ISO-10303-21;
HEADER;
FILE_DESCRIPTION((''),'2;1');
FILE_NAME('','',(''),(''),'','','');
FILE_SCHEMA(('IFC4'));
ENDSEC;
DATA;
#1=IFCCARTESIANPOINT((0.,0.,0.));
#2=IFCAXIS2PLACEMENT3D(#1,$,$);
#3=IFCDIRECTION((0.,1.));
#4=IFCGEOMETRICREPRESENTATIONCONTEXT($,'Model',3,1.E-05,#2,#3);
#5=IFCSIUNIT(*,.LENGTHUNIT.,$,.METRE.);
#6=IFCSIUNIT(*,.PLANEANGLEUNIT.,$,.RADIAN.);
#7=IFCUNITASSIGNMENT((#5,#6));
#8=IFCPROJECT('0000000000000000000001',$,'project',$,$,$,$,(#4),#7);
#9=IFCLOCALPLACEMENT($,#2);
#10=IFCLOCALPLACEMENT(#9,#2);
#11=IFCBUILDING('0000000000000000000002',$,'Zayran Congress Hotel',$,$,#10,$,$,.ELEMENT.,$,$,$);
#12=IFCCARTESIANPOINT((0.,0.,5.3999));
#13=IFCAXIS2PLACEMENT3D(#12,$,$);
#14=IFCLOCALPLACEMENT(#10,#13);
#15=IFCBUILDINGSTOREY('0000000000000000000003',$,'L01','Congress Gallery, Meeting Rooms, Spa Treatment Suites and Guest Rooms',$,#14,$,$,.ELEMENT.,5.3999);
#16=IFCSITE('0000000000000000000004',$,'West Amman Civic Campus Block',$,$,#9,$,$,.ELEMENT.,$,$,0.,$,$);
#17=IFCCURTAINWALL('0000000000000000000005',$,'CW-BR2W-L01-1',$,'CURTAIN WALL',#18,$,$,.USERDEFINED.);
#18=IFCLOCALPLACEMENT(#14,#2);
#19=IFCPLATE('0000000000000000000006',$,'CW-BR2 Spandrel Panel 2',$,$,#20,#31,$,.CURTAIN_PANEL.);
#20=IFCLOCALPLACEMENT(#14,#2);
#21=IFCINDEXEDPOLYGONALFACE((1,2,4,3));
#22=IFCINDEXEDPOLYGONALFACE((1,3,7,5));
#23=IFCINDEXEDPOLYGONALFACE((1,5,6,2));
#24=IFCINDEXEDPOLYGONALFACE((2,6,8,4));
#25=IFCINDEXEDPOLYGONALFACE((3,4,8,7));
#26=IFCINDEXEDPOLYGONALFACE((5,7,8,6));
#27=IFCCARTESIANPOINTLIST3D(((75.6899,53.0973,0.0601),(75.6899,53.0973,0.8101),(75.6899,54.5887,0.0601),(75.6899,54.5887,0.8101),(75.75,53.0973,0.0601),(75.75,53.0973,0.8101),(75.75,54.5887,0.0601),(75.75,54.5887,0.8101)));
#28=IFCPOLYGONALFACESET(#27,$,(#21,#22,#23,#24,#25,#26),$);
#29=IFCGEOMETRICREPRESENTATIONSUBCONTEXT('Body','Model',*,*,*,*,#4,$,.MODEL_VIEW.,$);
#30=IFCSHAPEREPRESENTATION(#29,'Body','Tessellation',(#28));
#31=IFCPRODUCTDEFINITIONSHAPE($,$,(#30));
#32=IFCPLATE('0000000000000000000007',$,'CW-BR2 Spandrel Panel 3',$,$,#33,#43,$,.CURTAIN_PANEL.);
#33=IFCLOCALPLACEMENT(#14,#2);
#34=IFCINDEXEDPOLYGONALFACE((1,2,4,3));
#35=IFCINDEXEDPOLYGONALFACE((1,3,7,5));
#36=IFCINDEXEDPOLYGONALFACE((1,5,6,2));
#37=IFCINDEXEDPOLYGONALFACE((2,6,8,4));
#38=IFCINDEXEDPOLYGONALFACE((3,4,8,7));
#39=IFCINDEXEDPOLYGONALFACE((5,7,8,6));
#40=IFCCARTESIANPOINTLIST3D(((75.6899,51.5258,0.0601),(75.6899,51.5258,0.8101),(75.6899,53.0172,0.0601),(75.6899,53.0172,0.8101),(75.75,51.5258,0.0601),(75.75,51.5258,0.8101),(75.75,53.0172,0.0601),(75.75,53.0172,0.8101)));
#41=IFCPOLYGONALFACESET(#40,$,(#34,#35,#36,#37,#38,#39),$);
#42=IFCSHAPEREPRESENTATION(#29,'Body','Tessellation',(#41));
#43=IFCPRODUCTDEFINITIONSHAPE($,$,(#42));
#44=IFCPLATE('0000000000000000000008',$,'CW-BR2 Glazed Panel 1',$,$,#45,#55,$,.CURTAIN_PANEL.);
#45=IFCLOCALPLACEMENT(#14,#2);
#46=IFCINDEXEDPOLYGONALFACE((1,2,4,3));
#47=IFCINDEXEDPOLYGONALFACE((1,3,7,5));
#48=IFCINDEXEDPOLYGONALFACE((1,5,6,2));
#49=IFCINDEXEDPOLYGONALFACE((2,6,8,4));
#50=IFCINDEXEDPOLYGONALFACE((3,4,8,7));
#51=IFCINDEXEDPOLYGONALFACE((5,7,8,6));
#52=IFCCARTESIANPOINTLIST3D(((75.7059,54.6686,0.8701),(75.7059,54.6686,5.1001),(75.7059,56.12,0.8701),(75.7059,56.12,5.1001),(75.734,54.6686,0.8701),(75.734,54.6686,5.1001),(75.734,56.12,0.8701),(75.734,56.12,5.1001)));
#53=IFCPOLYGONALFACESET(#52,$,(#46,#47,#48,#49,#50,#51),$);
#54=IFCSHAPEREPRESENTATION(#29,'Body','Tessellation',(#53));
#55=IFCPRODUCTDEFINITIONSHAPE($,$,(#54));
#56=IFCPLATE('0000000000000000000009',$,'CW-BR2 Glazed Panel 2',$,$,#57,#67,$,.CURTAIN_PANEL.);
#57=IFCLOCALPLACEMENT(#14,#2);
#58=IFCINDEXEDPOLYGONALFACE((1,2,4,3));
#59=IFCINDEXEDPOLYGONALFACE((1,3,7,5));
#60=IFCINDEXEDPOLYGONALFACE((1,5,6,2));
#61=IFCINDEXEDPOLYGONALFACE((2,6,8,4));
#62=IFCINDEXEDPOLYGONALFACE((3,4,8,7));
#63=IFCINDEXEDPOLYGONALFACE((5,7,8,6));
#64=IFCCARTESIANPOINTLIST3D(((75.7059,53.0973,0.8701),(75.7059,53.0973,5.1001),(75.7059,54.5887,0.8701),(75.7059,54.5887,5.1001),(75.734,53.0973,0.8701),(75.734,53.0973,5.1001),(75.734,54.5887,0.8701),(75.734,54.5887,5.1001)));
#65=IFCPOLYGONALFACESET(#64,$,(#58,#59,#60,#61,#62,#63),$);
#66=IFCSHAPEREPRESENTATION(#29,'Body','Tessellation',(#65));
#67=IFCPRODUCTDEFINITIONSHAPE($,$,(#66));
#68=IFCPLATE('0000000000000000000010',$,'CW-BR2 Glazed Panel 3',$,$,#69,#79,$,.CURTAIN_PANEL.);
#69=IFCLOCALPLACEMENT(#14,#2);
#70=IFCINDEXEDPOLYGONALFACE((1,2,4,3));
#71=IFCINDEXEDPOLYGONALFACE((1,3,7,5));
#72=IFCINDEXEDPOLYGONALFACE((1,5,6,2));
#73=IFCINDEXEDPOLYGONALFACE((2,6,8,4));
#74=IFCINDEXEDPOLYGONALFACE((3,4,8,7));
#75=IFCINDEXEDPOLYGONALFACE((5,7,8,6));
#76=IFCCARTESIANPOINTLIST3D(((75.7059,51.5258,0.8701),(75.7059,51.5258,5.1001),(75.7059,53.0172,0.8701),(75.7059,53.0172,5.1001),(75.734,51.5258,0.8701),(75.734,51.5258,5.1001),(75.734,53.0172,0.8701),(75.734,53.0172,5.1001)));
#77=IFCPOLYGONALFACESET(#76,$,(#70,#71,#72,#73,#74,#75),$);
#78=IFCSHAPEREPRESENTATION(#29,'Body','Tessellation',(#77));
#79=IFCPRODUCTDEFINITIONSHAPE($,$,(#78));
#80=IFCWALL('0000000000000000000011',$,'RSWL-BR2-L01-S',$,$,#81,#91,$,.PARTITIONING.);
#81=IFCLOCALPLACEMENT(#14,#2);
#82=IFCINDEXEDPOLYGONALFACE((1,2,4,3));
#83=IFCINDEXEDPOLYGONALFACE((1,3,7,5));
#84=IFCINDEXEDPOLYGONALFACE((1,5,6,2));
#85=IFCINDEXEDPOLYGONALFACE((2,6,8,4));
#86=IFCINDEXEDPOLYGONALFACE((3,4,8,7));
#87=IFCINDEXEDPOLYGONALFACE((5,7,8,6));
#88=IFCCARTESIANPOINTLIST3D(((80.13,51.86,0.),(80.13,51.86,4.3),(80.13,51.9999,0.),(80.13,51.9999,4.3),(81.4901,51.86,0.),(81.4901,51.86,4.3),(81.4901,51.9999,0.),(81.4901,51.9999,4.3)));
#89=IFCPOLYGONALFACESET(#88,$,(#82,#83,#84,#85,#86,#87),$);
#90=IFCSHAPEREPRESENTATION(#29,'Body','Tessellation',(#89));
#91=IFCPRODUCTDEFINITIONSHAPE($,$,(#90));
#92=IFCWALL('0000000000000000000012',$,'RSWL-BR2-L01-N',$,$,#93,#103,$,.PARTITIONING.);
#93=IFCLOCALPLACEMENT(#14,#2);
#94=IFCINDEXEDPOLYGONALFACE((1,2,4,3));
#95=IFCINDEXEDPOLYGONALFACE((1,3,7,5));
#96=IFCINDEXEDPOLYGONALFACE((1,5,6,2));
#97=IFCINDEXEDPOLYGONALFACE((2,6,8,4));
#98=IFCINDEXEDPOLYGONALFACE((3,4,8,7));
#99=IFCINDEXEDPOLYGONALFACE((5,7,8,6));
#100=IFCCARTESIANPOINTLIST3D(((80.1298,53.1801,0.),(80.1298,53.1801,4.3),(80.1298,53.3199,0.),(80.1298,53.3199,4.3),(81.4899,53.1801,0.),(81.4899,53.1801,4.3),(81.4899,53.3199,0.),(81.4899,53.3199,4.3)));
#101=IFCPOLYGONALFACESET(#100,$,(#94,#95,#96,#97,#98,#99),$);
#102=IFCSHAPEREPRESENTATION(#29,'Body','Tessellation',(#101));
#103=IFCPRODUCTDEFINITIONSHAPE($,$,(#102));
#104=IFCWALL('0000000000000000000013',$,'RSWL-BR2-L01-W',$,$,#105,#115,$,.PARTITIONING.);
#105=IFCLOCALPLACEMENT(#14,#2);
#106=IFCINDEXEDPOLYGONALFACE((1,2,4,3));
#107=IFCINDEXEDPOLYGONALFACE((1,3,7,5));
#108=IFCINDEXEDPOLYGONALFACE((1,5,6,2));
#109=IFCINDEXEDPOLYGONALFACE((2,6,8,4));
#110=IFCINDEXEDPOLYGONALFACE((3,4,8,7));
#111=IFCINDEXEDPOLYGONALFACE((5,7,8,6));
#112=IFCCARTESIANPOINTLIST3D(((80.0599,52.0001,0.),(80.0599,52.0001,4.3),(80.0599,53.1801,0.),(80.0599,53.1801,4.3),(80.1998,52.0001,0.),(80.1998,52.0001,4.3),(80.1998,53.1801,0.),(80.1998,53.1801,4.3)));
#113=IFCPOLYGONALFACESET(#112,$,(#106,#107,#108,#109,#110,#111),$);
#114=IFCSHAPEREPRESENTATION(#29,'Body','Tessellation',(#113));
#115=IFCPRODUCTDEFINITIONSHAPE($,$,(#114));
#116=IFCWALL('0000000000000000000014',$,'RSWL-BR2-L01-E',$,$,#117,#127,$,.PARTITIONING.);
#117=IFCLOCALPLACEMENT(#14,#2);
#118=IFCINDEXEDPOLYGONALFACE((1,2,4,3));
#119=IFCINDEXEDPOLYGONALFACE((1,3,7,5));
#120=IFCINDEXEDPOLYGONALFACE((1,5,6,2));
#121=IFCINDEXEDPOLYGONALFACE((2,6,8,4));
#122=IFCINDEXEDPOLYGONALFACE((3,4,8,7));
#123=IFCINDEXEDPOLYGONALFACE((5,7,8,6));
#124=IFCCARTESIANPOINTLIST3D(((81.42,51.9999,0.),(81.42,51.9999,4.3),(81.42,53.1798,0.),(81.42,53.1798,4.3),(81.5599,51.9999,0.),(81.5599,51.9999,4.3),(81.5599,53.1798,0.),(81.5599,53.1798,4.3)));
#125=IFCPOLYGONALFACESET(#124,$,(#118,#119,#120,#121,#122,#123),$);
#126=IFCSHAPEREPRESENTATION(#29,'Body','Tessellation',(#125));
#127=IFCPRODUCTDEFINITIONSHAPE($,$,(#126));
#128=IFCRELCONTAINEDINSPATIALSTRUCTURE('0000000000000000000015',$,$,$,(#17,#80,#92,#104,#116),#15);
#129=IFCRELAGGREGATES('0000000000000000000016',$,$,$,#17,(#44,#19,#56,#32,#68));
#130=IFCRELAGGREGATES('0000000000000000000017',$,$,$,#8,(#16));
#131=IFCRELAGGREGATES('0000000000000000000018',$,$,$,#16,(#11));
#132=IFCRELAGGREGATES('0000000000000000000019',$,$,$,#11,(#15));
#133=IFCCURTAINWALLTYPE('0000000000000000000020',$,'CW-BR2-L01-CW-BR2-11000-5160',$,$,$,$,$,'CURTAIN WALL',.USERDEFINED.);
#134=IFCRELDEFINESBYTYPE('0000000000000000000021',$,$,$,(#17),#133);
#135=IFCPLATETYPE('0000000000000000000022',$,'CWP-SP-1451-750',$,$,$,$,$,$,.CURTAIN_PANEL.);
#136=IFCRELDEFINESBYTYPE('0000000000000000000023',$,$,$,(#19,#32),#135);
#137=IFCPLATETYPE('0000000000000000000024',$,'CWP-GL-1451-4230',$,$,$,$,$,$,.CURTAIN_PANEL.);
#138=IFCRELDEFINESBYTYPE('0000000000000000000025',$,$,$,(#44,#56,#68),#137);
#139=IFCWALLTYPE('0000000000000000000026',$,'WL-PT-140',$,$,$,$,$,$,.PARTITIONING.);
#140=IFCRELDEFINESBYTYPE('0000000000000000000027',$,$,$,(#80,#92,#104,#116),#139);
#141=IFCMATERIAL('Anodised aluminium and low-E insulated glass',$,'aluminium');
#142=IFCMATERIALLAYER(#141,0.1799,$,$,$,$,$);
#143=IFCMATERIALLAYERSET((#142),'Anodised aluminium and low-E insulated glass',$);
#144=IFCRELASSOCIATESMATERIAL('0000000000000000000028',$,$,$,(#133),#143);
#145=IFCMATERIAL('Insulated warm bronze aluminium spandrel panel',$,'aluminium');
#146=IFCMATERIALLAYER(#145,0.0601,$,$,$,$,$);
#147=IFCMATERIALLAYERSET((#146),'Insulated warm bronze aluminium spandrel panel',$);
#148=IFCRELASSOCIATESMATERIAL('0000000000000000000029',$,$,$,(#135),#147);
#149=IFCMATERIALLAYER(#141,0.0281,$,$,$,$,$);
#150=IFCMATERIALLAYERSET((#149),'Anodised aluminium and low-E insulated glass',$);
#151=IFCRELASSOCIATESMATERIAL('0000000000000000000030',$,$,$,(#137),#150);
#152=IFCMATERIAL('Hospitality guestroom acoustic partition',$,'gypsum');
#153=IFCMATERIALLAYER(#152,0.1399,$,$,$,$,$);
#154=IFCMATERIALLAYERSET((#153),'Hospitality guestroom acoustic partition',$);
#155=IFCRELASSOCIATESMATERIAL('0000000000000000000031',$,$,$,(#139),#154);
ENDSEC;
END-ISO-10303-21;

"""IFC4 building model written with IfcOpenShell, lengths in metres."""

from ifc_helpers import new_model, si_unit, direction, frame, frame_2d, origin, origin_2d, place, context, subcontext, project, spatial, rectangle, extrude, material, layer, layer_set, type_object, element, aggregate, save


model = new_model("IFC4")

# Units and contexts
model_context = context("Model", 3, precision=1e-05, world=origin(), true_north=direction((0.0, 1.0)))
body_context = subcontext(model_context, "Body", "Model", "MODEL_VIEW")
ifc_project = project(units=[si_unit("LENGTHUNIT", "METRE"), si_unit("PLANEANGLEUNIT", "RADIAN")], contexts=[model_context])

# Site, building, storey
site_placement = place(None, origin())
site = spatial("IfcSite", under=ifc_project, at=site_placement, Name="West Amman Civic Campus Block", CompositionType="ELEMENT", RefElevation=0.0)
building_placement = place(site_placement, origin())
building = spatial("IfcBuilding", under=site, at=building_placement, Name="Zayran Congress Hotel", CompositionType="ELEMENT")
storey_placement = place(building_placement, frame((0.0, 0.0, 5.3999)))
storey = spatial("IfcBuildingStorey", under=building, at=storey_placement, Name="L01", Description="Congress Gallery, Meeting Rooms, Spa Treatment Suites and Guest Rooms", CompositionType="ELEMENT", Elevation=5.3999)

# Curtain wall
ifc_material_1 = material(Name="Anodised aluminium and low-E insulated glass", Category="aluminium")
ifc_layer_1 = layer(ifc_material_1, 0.1799)
ifc_layer_set_1 = layer_set([ifc_layer_1], Name="Anodised aluminium and low-E insulated glass")
curtain_wall_type_1 = type_object("IfcCurtainWallType", Name="CW-BR2-L01-CW-BR2-11000-5160", ElementType="CURTAIN WALL", PredefinedType="USERDEFINED", material=ifc_layer_set_1)
curtain_wall_1_placement = place(storey_placement, origin())
curtain_wall_1 = element("IfcCurtainWall", 1, at=curtain_wall_1_placement, inside=storey, type_object=curtain_wall_type_1, Name="CW-BR2W-L01-1", ObjectType="CURTAIN WALL", PredefinedType="USERDEFINED")

# Plates
ifc_material_2 = material(Name="Insulated warm bronze aluminium spandrel panel", Category="aluminium")
ifc_layer_2 = layer(ifc_material_2, 0.0601)
ifc_layer_set_2 = layer_set([ifc_layer_2], Name="Insulated warm bronze aluminium spandrel panel")
plate_type_1 = type_object("IfcPlateType", Name="CWP-SP-1451-750", PredefinedType="CURTAIN_PANEL", material=ifc_layer_set_2)
plate_1_placement = place(storey_placement, frame((75.72, 53.843, 0.0601), z_axis=(0.0, 0.0, 1.0), x_axis=(0.0, 1.0, 0.0)))
plate_1 = element("IfcPlate", 2, at=plate_1_placement, type_object=plate_type_1, Name="CW-BR2 Spandrel Panel 2", PredefinedType="CURTAIN_PANEL", context=body_context, shape_type="SweptSolid", body=[
    extrude(rectangle(XDim=1.4915, YDim=0.0601, at=origin_2d()), origin(), (0.0, 0.0, 1.0), 0.75),
])
plate_2_placement = place(storey_placement, frame((75.72, 52.2715, 0.0601), z_axis=(0.0, 0.0, 1.0), x_axis=(0.0, 1.0, 0.0)))
plate_2 = element("IfcPlate", 3, at=plate_2_placement, type_object=plate_type_1, Name="CW-BR2 Spandrel Panel 3", PredefinedType="CURTAIN_PANEL", context=body_context, shape_type="SweptSolid", body=[
    extrude(rectangle(XDim=1.4915, YDim=0.0601, at=origin_2d()), origin(), (0.0, 0.0, 1.0), 0.75),
])
ifc_layer_3 = layer(ifc_material_1, 0.0281)
ifc_layer_set_3 = layer_set([ifc_layer_3], Name="Anodised aluminium and low-E insulated glass")
plate_type_2 = type_object("IfcPlateType", Name="CWP-GL-1451-4230", PredefinedType="CURTAIN_PANEL", material=ifc_layer_set_3)
plate_3_placement = place(storey_placement, frame((75.72, 55.3943, 0.8701), z_axis=(0.0, 0.0, 1.0), x_axis=(0.0, 1.0, 0.0)))
plate_3 = element("IfcPlate", 4, at=plate_3_placement, type_object=plate_type_2, Name="CW-BR2 Glazed Panel 1", PredefinedType="CURTAIN_PANEL", context=body_context, shape_type="SweptSolid", body=[
    extrude(rectangle(XDim=1.4514, YDim=0.0281, at=origin_2d()), origin(), (0.0, 0.0, 1.0), 4.23),
])
plate_4_placement = place(storey_placement, frame((75.72, 53.843, 0.8701), z_axis=(0.0, 0.0, 1.0), x_axis=(0.0, 1.0, 0.0)))
plate_4 = element("IfcPlate", 5, at=plate_4_placement, type_object=plate_type_2, Name="CW-BR2 Glazed Panel 2", PredefinedType="CURTAIN_PANEL", context=body_context, shape_type="SweptSolid", body=[
    extrude(rectangle(XDim=1.4915, YDim=0.0281, at=origin_2d()), origin(), (0.0, 0.0, 1.0), 4.23),
])
plate_5_placement = place(storey_placement, frame((75.72, 52.2715, 0.8701), z_axis=(0.0, 0.0, 1.0), x_axis=(0.0, 1.0, 0.0)))
plate_5 = element("IfcPlate", 6, at=plate_5_placement, type_object=plate_type_2, Name="CW-BR2 Glazed Panel 3", PredefinedType="CURTAIN_PANEL", context=body_context, shape_type="SweptSolid", body=[
    extrude(rectangle(XDim=1.4915, YDim=0.0281, at=origin_2d()), origin(), (0.0, 0.0, 1.0), 4.23),
])
aggregate(curtain_wall_1, [plate_3, plate_1, plate_4, plate_2, plate_5])

# Walls
ifc_material_3 = material(Name="Hospitality guestroom acoustic partition", Category="gypsum")
ifc_layer_4 = layer(ifc_material_3, 0.1399)
ifc_layer_set_4 = layer_set([ifc_layer_4], Name="Hospitality guestroom acoustic partition")
wall_type = type_object("IfcWallType", Name="WL-PT-140", PredefinedType="PARTITIONING", material=ifc_layer_set_4)
for number, where, z_axis, x_axis, name in (
    (7, (80.1299, 51.9299, 0.0), (0.0, 0.0, 1.0), (1.0, 0.0, 0.0), "RSWL-BR2-L01-S"),
    (8, (81.49, 53.25, 0.0), (0.0, 0.0, 1.0), (-1.0, 0.0, 0.0), "RSWL-BR2-L01-N"),
):
    element("IfcWall", number, at=place(storey_placement, frame(where, z_axis=z_axis, x_axis=x_axis)), inside=storey, type_object=wall_type, Name=name, PredefinedType="PARTITIONING", context=body_context, shape_type="SweptSolid", body=[
        extrude(rectangle(XDim=1.3601, YDim=0.1399, at=frame_2d((0.6802, 0.0))), origin(), (0.0, 0.0, 1.0), 4.3),
    ])
for number, where, z_axis, x_axis, name in (
    (9, (80.1299, 53.1799, 0.0), (0.0, 0.0, 1.0), (0.0, -1.0, 0.0), "RSWL-BR2-L01-W"),
    (10, (81.49, 52.0, 0.0), (0.0, 0.0, 1.0), (0.0, 1.0, 0.0), "RSWL-BR2-L01-E"),
):
    element("IfcWall", number, at=place(storey_placement, frame(where, z_axis=z_axis, x_axis=x_axis)), inside=storey, type_object=wall_type, Name=name, PredefinedType="PARTITIONING", context=body_context, shape_type="SweptSolid", body=[
        extrude(rectangle(XDim=1.1799, YDim=0.1399, at=frame_2d((0.5898, 0.0))), origin(), (0.0, 0.0, 1.0), 4.3),
    ])

save(model, "model.ifc")
